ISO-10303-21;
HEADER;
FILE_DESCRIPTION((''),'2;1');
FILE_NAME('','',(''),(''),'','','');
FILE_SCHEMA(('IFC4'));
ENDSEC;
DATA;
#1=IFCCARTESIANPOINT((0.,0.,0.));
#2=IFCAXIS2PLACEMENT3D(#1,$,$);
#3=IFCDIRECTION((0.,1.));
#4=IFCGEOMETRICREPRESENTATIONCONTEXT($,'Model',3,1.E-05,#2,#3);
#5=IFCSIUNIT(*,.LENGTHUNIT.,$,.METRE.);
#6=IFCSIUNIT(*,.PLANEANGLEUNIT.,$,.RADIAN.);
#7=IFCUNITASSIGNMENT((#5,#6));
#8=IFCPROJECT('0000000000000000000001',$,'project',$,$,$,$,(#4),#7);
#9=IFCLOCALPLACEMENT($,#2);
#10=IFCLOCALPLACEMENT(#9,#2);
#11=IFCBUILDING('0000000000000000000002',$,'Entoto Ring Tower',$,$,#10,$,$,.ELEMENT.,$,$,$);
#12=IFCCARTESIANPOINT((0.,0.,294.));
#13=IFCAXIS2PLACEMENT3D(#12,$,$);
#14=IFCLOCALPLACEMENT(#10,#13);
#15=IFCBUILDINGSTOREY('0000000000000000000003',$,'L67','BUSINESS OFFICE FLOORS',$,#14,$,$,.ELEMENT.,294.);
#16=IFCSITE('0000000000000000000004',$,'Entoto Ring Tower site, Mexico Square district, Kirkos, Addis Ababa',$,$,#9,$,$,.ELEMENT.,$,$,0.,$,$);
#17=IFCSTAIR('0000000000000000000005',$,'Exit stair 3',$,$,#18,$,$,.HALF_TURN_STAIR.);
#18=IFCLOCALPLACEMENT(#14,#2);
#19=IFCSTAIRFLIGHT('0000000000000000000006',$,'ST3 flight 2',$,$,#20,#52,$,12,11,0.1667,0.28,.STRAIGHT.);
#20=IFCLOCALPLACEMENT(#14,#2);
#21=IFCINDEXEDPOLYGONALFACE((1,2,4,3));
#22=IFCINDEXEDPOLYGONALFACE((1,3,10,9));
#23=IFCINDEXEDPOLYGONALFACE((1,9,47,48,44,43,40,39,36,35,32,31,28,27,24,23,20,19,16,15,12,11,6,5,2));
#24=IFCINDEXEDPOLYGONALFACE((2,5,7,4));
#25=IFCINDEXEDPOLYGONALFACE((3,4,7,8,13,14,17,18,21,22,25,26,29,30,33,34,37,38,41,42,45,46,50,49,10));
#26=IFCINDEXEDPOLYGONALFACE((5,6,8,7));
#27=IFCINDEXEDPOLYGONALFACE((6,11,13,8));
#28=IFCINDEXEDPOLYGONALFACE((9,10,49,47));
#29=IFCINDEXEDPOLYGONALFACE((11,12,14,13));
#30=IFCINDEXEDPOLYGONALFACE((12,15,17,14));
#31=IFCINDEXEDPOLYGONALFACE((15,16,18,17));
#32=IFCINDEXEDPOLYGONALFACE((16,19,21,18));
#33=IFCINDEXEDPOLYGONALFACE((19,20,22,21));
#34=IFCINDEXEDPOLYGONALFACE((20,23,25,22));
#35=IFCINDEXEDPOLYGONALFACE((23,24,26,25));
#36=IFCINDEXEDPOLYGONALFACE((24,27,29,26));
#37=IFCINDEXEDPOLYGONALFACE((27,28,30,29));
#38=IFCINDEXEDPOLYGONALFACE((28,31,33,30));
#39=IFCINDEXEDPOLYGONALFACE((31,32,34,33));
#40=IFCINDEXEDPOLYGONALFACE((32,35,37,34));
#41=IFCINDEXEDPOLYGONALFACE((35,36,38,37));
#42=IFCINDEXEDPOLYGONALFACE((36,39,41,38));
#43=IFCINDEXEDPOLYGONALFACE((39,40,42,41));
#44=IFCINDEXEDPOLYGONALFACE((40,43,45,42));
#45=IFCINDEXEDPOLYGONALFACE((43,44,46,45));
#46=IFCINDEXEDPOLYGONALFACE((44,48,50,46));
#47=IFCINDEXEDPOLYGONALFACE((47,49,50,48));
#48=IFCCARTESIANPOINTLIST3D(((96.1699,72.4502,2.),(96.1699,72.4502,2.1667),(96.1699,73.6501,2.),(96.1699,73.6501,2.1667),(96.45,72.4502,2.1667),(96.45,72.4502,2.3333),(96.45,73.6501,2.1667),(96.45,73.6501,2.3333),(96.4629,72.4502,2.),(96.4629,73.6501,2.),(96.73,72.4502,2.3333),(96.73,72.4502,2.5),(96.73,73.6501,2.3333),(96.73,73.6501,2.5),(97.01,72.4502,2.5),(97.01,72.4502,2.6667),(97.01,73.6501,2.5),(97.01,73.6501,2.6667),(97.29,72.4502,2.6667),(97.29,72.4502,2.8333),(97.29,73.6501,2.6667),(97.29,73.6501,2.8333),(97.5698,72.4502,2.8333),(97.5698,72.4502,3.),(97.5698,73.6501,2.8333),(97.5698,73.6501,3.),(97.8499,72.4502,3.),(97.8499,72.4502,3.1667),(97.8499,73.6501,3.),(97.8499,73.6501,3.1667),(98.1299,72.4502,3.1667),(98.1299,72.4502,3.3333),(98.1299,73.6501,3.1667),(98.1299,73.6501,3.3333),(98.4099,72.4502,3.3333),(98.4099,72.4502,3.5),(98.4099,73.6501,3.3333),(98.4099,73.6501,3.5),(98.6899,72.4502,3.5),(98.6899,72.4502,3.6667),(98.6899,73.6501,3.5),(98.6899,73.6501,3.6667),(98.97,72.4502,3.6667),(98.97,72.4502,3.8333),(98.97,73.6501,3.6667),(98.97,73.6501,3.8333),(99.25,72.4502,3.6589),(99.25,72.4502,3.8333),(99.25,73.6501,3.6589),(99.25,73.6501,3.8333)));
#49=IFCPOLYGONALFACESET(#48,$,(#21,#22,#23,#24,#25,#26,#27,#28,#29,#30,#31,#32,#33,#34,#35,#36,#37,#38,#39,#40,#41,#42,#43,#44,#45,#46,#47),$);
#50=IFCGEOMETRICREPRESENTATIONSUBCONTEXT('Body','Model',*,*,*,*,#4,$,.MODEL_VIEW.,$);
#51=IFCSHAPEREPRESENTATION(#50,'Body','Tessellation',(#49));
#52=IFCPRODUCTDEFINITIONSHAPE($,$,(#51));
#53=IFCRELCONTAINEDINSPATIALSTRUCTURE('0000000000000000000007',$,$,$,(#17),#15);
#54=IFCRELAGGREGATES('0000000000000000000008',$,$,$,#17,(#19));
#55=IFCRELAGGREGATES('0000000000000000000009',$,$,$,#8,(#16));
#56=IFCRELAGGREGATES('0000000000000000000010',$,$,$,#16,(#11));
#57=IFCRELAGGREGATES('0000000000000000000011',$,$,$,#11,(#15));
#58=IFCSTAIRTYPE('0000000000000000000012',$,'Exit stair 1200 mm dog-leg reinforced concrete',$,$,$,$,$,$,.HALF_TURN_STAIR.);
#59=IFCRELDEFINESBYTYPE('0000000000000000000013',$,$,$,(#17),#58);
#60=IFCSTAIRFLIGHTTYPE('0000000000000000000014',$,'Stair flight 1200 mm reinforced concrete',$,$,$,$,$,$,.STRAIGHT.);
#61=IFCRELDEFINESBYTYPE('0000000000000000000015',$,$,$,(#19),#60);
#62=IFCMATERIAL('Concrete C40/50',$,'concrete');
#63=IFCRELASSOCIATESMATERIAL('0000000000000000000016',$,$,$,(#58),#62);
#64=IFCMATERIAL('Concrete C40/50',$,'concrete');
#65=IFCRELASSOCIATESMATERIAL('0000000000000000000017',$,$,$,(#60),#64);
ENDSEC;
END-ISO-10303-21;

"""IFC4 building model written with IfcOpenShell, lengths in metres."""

from ifc_helpers import new_model, si_unit, direction, frame, origin, place, context, subcontext, project, spatial, polyline, outline, extrude, material, type_object, element, aggregate, save


model = new_model("IFC4")

# Units and contexts
model_context = context("Model", 3, precision=1e-05, world=origin(), true_north=direction((0.0, 1.0)))
body_context = subcontext(model_context, "Body", "Model", "MODEL_VIEW")
ifc_project = project(units=[si_unit("LENGTHUNIT", "METRE"), si_unit("PLANEANGLEUNIT", "RADIAN")], contexts=[model_context])

# Site, building, storey
site_placement = place(None, origin())
site = spatial("IfcSite", under=ifc_project, at=site_placement, Name="Entoto Ring Tower site, Mexico Square district, Kirkos, Addis Ababa", CompositionType="ELEMENT", RefElevation=0.0)
building_placement = place(site_placement, origin())
building = spatial("IfcBuilding", under=site, at=building_placement, Name="Entoto Ring Tower", CompositionType="ELEMENT")
storey_placement = place(building_placement, frame((0.0, 0.0, 294.0)))
storey = spatial("IfcBuildingStorey", under=building, at=storey_placement, Name="L67", Description="BUSINESS OFFICE FLOORS", CompositionType="ELEMENT", Elevation=294.0)

# Stair, stair flight
ifc_material_1 = material(Name="Concrete C40/50", Category="concrete")
stair_type = type_object("IfcStairType", Name="Exit stair 1200 mm dog-leg reinforced concrete", PredefinedType="HALF_TURN_STAIR", material=ifc_material_1)
stair_placement = place(storey_placement, origin())
stair = element("IfcStair", 1, at=stair_placement, inside=storey, type_object=stair_type, Name="Exit stair 3", PredefinedType="HALF_TURN_STAIR")
ifc_material_2 = material(Name="Concrete C40/50", Category="concrete")
stair_flight_type = type_object("IfcStairFlightType", Name="Stair flight 1200 mm reinforced concrete", PredefinedType="STRAIGHT", material=ifc_material_2)
stair_flight_placement = place(storey_placement, frame((96.1699, 73.05, 2.0), z_axis=(0.0, 0.0, 1.0), x_axis=(1.0, 0.0, 0.0)))
stair_flight = element("IfcStairFlight", 2, at=stair_flight_placement, type_object=stair_flight_type, Name="ST3 flight 2", NumberOfRisers=12, NumberOfTreads=11, PredefinedType="STRAIGHT", RiserHeight=0.1667, TreadLength=0.28, context=body_context, shape_type="SweptSolid", body=[
    extrude(outline(polyline([(0.0, 0.0), (0.0, 0.1667), (0.28, 0.1667), (0.28, 0.3333), (0.5601, 0.3333), (0.5601, 0.5), (0.8401, 0.5), (0.8401, 0.6667), (1.1201, 0.6667), (1.1201, 0.8333), (1.3999, 0.8333), (1.3999, 1.0), (1.6799, 1.0), (1.6799, 1.1667), (1.96, 1.1667), (1.96, 1.3333), (2.24, 1.3333), (2.24, 1.5), (2.52, 1.5), (2.52, 1.6667), (2.8, 1.6667), (2.8, 1.8333), (3.0801, 1.8333), (3.0801, 2.0), (3.0801, 1.6589), (0.293, 0.0), (0.0, 0.0)])), frame((0.0, 0.6001, 0.0), z_axis=(0.0, -1.0, 0.0), x_axis=(1.0, 0.0, 0.0)), (0.0, 0.0, 1.0), 1.2),
])
aggregate(stair, [stair_flight])

save(model, "model.ifc")
